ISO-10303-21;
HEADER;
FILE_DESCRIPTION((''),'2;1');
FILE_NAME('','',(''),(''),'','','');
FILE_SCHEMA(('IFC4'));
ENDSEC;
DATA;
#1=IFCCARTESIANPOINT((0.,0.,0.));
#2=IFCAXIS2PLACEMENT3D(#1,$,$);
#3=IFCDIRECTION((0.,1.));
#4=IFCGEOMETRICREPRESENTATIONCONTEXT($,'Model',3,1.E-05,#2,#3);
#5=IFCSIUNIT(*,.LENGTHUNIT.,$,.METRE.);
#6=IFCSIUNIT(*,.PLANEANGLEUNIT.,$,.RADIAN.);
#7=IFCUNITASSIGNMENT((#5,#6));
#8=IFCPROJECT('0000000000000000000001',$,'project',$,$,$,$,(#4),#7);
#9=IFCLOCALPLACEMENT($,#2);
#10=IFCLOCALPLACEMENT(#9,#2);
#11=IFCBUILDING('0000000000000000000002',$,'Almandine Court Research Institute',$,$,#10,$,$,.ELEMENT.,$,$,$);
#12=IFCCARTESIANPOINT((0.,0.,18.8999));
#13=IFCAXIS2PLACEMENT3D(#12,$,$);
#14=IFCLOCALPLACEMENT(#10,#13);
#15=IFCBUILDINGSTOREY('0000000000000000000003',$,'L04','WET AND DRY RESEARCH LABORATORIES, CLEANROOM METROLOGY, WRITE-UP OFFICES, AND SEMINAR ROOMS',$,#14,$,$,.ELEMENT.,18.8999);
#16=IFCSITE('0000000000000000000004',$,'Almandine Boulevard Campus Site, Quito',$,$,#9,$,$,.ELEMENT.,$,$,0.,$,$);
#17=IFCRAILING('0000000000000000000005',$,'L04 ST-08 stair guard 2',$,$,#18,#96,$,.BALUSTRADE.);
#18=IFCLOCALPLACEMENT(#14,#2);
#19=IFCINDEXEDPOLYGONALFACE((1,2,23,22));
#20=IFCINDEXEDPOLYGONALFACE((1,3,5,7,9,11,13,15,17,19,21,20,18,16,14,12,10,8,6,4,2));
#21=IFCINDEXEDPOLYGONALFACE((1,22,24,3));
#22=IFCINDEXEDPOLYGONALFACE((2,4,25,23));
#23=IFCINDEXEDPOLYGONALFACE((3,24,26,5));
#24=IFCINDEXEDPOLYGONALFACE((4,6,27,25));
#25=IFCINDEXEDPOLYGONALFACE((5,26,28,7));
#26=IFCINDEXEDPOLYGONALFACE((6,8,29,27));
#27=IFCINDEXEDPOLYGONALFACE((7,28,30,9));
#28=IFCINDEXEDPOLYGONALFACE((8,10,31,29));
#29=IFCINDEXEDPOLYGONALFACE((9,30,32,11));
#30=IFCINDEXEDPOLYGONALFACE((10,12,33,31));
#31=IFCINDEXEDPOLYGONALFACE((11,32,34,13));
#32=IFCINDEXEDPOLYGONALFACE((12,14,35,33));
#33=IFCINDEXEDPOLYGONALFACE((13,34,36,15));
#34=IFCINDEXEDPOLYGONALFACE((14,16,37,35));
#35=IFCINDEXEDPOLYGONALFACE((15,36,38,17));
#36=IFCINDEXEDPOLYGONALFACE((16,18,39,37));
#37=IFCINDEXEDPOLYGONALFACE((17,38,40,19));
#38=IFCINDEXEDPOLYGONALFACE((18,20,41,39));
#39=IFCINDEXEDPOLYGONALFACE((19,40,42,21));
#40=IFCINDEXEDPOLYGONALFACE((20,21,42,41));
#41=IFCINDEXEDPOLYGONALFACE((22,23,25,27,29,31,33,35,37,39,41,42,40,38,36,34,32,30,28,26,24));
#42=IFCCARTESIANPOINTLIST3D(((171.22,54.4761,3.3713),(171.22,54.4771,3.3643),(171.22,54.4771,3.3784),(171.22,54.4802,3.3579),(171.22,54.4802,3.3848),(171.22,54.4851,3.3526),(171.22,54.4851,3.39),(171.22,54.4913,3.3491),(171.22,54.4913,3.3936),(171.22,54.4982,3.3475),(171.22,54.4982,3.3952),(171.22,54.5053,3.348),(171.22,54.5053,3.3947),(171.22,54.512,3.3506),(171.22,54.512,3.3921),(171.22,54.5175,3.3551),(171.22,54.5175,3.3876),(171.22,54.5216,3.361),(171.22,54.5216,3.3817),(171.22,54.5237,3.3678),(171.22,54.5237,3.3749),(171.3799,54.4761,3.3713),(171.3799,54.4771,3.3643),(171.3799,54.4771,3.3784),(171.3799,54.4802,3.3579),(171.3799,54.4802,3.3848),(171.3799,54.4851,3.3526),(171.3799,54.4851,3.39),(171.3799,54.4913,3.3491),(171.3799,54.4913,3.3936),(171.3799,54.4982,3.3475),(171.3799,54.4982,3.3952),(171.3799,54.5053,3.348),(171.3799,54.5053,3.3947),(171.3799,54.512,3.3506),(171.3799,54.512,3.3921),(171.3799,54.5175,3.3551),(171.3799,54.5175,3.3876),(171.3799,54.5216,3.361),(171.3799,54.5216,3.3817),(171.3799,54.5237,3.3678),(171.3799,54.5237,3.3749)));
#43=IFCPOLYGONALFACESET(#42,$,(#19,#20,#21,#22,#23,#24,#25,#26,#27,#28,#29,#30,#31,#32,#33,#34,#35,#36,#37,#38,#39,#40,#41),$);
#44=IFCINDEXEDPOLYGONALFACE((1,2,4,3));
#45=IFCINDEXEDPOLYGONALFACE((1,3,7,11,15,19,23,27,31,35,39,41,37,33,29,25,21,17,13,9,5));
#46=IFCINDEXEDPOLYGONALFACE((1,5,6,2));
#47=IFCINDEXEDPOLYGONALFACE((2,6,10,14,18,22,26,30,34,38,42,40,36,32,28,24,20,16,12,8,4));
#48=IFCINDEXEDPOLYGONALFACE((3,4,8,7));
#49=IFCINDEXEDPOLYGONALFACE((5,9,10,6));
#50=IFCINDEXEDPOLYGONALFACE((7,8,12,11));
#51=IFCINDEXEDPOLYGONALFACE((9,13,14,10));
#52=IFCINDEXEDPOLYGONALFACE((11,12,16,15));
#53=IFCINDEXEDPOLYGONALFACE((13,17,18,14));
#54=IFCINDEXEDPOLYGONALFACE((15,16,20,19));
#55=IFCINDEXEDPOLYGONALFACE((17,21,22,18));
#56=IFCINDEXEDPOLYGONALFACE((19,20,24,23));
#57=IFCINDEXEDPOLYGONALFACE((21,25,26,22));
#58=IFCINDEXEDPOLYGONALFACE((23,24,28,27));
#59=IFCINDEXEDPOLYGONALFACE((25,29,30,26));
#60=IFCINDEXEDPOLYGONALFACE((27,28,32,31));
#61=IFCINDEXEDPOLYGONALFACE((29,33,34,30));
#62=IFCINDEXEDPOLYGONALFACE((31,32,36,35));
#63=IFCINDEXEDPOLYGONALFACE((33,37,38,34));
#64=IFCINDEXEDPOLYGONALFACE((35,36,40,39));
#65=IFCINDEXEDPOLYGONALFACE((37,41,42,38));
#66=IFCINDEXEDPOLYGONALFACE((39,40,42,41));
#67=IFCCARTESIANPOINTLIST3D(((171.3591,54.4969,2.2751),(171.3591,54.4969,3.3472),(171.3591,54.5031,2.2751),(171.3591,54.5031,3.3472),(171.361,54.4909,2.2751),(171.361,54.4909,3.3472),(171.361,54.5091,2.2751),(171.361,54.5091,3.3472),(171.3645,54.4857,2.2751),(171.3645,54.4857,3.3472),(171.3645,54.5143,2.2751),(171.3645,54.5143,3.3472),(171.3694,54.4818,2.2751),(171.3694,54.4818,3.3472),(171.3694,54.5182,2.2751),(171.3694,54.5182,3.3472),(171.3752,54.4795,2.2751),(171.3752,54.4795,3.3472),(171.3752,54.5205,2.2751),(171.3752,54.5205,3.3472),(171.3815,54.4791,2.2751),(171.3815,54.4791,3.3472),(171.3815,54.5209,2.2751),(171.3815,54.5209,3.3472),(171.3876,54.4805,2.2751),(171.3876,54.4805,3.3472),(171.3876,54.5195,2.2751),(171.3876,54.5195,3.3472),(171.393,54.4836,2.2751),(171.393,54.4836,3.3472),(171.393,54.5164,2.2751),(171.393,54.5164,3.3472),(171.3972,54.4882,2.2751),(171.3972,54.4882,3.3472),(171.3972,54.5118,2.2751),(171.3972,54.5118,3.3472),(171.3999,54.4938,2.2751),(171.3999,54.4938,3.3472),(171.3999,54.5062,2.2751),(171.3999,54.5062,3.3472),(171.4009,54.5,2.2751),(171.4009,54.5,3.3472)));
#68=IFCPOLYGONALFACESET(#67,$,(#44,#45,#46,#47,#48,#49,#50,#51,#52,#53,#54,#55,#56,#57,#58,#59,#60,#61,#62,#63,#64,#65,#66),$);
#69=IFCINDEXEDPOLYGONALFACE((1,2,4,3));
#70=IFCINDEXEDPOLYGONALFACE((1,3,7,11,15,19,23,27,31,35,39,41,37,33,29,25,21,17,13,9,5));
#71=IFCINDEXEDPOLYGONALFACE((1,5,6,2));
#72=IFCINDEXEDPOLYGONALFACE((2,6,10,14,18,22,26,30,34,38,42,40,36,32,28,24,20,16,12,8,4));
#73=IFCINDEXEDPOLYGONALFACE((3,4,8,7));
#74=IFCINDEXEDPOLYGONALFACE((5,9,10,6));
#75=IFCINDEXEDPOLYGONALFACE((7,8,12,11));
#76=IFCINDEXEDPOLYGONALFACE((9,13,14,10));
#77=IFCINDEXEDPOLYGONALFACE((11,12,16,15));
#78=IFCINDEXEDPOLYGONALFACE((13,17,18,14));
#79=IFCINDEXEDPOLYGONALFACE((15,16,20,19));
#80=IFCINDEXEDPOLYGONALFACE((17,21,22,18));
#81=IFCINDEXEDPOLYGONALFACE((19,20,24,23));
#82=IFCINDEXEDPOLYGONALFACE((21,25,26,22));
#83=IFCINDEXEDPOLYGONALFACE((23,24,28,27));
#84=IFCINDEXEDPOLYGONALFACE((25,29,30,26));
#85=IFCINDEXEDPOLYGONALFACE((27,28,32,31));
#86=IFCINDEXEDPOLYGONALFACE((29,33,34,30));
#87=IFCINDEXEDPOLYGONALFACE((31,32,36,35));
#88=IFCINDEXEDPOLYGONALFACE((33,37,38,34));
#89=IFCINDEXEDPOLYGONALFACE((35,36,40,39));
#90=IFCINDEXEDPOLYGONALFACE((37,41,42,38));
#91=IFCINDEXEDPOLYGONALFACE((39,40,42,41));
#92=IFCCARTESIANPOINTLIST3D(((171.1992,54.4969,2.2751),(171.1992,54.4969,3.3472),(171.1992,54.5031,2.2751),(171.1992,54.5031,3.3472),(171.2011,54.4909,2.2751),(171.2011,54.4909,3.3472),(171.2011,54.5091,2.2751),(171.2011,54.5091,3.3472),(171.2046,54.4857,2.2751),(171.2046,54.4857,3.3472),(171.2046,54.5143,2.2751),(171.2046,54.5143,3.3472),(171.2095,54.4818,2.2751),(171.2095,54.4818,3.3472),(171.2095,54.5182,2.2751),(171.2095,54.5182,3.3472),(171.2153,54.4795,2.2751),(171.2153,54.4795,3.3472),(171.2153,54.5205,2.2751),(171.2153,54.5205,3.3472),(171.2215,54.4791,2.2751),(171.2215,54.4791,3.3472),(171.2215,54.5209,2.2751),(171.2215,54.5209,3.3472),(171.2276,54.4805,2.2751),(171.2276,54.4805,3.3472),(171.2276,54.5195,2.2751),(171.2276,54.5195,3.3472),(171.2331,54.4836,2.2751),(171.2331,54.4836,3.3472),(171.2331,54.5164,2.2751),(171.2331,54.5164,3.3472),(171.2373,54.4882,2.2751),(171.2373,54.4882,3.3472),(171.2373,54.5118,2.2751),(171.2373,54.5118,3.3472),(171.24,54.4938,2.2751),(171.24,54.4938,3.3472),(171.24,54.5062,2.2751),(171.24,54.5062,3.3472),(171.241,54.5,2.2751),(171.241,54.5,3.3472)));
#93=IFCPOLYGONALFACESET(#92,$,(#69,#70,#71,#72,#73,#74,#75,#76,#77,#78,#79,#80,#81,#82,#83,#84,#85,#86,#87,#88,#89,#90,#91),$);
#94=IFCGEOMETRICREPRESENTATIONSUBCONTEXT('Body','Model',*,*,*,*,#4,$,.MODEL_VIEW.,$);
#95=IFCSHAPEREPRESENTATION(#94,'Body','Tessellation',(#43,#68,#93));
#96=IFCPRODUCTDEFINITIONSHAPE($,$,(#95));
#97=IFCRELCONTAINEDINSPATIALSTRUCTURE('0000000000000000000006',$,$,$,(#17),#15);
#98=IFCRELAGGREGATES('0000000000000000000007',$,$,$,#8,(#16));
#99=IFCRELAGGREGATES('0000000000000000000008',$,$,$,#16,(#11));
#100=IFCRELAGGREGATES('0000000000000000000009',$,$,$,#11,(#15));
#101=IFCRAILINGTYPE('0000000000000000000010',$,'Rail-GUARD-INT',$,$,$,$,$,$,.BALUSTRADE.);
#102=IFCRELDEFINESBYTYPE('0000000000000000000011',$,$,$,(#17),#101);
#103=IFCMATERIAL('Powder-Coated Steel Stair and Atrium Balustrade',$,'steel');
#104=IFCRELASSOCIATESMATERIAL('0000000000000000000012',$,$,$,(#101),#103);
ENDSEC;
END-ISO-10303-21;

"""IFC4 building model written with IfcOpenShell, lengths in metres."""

from ifc_helpers import new_model, si_unit, direction, frame, origin, origin_2d, place, context, subcontext, project, spatial, circle, extrude, material, type_object, element, save


model = new_model("IFC4")

# Units and contexts
model_context = context("Model", 3, precision=1e-05, world=origin(), true_north=direction((0.0, 1.0)))
body_context = subcontext(model_context, "Body", "Model", "MODEL_VIEW")
ifc_project = project(units=[si_unit("LENGTHUNIT", "METRE"), si_unit("PLANEANGLEUNIT", "RADIAN")], contexts=[model_context])

# Site, building, storey
site_placement = place(None, origin())
site = spatial("IfcSite", under=ifc_project, at=site_placement, Name="Almandine Boulevard Campus Site, Quito", CompositionType="ELEMENT", RefElevation=0.0)
building_placement = place(site_placement, origin())
building = spatial("IfcBuilding", under=site, at=building_placement, Name="Almandine Court Research Institute", CompositionType="ELEMENT")
storey_placement = place(building_placement, frame((0.0, 0.0, 18.8999)))
storey = spatial("IfcBuildingStorey", under=building, at=storey_placement, Name="L04", Description="WET AND DRY RESEARCH LABORATORIES, CLEANROOM METROLOGY, WRITE-UP OFFICES, AND SEMINAR ROOMS", CompositionType="ELEMENT", Elevation=18.8999)

# Railing
ifc_material_1 = material(Name="Powder-Coated Steel Stair and Atrium Balustrade", Category="steel")
railing_type_1 = type_object("IfcRailingType", Name="Rail-GUARD-INT", PredefinedType="BALUSTRADE", material=ifc_material_1)
railing_1_placement = place(storey_placement, frame((171.3799, 54.5, 2.2751)))
element("IfcRailing", 1, at=railing_1_placement, inside=storey, type_object=railing_type_1, Name="L04 ST-08 stair guard 2", PredefinedType="BALUSTRADE", context=body_context, shape_type="SweptSolid", body=[
    extrude(circle(Radius=0.0239, at=origin_2d()), frame((0.0, 0.0, 1.0962), z_axis=(-1.0, 0.0, 0.0), x_axis=(0.0, -1.0, 0.0)), (0.0, 0.0, 1.0), 0.1599),
    extrude(circle(Radius=0.021, at=origin_2d()), origin(), (0.0, 0.0, 1.0), 1.072),
    extrude(circle(Radius=0.021, at=origin_2d()), frame((-0.1599, 0.0, 0.0)), (0.0, 0.0, 1.0), 1.072),
])

save(model, "model.ifc")
